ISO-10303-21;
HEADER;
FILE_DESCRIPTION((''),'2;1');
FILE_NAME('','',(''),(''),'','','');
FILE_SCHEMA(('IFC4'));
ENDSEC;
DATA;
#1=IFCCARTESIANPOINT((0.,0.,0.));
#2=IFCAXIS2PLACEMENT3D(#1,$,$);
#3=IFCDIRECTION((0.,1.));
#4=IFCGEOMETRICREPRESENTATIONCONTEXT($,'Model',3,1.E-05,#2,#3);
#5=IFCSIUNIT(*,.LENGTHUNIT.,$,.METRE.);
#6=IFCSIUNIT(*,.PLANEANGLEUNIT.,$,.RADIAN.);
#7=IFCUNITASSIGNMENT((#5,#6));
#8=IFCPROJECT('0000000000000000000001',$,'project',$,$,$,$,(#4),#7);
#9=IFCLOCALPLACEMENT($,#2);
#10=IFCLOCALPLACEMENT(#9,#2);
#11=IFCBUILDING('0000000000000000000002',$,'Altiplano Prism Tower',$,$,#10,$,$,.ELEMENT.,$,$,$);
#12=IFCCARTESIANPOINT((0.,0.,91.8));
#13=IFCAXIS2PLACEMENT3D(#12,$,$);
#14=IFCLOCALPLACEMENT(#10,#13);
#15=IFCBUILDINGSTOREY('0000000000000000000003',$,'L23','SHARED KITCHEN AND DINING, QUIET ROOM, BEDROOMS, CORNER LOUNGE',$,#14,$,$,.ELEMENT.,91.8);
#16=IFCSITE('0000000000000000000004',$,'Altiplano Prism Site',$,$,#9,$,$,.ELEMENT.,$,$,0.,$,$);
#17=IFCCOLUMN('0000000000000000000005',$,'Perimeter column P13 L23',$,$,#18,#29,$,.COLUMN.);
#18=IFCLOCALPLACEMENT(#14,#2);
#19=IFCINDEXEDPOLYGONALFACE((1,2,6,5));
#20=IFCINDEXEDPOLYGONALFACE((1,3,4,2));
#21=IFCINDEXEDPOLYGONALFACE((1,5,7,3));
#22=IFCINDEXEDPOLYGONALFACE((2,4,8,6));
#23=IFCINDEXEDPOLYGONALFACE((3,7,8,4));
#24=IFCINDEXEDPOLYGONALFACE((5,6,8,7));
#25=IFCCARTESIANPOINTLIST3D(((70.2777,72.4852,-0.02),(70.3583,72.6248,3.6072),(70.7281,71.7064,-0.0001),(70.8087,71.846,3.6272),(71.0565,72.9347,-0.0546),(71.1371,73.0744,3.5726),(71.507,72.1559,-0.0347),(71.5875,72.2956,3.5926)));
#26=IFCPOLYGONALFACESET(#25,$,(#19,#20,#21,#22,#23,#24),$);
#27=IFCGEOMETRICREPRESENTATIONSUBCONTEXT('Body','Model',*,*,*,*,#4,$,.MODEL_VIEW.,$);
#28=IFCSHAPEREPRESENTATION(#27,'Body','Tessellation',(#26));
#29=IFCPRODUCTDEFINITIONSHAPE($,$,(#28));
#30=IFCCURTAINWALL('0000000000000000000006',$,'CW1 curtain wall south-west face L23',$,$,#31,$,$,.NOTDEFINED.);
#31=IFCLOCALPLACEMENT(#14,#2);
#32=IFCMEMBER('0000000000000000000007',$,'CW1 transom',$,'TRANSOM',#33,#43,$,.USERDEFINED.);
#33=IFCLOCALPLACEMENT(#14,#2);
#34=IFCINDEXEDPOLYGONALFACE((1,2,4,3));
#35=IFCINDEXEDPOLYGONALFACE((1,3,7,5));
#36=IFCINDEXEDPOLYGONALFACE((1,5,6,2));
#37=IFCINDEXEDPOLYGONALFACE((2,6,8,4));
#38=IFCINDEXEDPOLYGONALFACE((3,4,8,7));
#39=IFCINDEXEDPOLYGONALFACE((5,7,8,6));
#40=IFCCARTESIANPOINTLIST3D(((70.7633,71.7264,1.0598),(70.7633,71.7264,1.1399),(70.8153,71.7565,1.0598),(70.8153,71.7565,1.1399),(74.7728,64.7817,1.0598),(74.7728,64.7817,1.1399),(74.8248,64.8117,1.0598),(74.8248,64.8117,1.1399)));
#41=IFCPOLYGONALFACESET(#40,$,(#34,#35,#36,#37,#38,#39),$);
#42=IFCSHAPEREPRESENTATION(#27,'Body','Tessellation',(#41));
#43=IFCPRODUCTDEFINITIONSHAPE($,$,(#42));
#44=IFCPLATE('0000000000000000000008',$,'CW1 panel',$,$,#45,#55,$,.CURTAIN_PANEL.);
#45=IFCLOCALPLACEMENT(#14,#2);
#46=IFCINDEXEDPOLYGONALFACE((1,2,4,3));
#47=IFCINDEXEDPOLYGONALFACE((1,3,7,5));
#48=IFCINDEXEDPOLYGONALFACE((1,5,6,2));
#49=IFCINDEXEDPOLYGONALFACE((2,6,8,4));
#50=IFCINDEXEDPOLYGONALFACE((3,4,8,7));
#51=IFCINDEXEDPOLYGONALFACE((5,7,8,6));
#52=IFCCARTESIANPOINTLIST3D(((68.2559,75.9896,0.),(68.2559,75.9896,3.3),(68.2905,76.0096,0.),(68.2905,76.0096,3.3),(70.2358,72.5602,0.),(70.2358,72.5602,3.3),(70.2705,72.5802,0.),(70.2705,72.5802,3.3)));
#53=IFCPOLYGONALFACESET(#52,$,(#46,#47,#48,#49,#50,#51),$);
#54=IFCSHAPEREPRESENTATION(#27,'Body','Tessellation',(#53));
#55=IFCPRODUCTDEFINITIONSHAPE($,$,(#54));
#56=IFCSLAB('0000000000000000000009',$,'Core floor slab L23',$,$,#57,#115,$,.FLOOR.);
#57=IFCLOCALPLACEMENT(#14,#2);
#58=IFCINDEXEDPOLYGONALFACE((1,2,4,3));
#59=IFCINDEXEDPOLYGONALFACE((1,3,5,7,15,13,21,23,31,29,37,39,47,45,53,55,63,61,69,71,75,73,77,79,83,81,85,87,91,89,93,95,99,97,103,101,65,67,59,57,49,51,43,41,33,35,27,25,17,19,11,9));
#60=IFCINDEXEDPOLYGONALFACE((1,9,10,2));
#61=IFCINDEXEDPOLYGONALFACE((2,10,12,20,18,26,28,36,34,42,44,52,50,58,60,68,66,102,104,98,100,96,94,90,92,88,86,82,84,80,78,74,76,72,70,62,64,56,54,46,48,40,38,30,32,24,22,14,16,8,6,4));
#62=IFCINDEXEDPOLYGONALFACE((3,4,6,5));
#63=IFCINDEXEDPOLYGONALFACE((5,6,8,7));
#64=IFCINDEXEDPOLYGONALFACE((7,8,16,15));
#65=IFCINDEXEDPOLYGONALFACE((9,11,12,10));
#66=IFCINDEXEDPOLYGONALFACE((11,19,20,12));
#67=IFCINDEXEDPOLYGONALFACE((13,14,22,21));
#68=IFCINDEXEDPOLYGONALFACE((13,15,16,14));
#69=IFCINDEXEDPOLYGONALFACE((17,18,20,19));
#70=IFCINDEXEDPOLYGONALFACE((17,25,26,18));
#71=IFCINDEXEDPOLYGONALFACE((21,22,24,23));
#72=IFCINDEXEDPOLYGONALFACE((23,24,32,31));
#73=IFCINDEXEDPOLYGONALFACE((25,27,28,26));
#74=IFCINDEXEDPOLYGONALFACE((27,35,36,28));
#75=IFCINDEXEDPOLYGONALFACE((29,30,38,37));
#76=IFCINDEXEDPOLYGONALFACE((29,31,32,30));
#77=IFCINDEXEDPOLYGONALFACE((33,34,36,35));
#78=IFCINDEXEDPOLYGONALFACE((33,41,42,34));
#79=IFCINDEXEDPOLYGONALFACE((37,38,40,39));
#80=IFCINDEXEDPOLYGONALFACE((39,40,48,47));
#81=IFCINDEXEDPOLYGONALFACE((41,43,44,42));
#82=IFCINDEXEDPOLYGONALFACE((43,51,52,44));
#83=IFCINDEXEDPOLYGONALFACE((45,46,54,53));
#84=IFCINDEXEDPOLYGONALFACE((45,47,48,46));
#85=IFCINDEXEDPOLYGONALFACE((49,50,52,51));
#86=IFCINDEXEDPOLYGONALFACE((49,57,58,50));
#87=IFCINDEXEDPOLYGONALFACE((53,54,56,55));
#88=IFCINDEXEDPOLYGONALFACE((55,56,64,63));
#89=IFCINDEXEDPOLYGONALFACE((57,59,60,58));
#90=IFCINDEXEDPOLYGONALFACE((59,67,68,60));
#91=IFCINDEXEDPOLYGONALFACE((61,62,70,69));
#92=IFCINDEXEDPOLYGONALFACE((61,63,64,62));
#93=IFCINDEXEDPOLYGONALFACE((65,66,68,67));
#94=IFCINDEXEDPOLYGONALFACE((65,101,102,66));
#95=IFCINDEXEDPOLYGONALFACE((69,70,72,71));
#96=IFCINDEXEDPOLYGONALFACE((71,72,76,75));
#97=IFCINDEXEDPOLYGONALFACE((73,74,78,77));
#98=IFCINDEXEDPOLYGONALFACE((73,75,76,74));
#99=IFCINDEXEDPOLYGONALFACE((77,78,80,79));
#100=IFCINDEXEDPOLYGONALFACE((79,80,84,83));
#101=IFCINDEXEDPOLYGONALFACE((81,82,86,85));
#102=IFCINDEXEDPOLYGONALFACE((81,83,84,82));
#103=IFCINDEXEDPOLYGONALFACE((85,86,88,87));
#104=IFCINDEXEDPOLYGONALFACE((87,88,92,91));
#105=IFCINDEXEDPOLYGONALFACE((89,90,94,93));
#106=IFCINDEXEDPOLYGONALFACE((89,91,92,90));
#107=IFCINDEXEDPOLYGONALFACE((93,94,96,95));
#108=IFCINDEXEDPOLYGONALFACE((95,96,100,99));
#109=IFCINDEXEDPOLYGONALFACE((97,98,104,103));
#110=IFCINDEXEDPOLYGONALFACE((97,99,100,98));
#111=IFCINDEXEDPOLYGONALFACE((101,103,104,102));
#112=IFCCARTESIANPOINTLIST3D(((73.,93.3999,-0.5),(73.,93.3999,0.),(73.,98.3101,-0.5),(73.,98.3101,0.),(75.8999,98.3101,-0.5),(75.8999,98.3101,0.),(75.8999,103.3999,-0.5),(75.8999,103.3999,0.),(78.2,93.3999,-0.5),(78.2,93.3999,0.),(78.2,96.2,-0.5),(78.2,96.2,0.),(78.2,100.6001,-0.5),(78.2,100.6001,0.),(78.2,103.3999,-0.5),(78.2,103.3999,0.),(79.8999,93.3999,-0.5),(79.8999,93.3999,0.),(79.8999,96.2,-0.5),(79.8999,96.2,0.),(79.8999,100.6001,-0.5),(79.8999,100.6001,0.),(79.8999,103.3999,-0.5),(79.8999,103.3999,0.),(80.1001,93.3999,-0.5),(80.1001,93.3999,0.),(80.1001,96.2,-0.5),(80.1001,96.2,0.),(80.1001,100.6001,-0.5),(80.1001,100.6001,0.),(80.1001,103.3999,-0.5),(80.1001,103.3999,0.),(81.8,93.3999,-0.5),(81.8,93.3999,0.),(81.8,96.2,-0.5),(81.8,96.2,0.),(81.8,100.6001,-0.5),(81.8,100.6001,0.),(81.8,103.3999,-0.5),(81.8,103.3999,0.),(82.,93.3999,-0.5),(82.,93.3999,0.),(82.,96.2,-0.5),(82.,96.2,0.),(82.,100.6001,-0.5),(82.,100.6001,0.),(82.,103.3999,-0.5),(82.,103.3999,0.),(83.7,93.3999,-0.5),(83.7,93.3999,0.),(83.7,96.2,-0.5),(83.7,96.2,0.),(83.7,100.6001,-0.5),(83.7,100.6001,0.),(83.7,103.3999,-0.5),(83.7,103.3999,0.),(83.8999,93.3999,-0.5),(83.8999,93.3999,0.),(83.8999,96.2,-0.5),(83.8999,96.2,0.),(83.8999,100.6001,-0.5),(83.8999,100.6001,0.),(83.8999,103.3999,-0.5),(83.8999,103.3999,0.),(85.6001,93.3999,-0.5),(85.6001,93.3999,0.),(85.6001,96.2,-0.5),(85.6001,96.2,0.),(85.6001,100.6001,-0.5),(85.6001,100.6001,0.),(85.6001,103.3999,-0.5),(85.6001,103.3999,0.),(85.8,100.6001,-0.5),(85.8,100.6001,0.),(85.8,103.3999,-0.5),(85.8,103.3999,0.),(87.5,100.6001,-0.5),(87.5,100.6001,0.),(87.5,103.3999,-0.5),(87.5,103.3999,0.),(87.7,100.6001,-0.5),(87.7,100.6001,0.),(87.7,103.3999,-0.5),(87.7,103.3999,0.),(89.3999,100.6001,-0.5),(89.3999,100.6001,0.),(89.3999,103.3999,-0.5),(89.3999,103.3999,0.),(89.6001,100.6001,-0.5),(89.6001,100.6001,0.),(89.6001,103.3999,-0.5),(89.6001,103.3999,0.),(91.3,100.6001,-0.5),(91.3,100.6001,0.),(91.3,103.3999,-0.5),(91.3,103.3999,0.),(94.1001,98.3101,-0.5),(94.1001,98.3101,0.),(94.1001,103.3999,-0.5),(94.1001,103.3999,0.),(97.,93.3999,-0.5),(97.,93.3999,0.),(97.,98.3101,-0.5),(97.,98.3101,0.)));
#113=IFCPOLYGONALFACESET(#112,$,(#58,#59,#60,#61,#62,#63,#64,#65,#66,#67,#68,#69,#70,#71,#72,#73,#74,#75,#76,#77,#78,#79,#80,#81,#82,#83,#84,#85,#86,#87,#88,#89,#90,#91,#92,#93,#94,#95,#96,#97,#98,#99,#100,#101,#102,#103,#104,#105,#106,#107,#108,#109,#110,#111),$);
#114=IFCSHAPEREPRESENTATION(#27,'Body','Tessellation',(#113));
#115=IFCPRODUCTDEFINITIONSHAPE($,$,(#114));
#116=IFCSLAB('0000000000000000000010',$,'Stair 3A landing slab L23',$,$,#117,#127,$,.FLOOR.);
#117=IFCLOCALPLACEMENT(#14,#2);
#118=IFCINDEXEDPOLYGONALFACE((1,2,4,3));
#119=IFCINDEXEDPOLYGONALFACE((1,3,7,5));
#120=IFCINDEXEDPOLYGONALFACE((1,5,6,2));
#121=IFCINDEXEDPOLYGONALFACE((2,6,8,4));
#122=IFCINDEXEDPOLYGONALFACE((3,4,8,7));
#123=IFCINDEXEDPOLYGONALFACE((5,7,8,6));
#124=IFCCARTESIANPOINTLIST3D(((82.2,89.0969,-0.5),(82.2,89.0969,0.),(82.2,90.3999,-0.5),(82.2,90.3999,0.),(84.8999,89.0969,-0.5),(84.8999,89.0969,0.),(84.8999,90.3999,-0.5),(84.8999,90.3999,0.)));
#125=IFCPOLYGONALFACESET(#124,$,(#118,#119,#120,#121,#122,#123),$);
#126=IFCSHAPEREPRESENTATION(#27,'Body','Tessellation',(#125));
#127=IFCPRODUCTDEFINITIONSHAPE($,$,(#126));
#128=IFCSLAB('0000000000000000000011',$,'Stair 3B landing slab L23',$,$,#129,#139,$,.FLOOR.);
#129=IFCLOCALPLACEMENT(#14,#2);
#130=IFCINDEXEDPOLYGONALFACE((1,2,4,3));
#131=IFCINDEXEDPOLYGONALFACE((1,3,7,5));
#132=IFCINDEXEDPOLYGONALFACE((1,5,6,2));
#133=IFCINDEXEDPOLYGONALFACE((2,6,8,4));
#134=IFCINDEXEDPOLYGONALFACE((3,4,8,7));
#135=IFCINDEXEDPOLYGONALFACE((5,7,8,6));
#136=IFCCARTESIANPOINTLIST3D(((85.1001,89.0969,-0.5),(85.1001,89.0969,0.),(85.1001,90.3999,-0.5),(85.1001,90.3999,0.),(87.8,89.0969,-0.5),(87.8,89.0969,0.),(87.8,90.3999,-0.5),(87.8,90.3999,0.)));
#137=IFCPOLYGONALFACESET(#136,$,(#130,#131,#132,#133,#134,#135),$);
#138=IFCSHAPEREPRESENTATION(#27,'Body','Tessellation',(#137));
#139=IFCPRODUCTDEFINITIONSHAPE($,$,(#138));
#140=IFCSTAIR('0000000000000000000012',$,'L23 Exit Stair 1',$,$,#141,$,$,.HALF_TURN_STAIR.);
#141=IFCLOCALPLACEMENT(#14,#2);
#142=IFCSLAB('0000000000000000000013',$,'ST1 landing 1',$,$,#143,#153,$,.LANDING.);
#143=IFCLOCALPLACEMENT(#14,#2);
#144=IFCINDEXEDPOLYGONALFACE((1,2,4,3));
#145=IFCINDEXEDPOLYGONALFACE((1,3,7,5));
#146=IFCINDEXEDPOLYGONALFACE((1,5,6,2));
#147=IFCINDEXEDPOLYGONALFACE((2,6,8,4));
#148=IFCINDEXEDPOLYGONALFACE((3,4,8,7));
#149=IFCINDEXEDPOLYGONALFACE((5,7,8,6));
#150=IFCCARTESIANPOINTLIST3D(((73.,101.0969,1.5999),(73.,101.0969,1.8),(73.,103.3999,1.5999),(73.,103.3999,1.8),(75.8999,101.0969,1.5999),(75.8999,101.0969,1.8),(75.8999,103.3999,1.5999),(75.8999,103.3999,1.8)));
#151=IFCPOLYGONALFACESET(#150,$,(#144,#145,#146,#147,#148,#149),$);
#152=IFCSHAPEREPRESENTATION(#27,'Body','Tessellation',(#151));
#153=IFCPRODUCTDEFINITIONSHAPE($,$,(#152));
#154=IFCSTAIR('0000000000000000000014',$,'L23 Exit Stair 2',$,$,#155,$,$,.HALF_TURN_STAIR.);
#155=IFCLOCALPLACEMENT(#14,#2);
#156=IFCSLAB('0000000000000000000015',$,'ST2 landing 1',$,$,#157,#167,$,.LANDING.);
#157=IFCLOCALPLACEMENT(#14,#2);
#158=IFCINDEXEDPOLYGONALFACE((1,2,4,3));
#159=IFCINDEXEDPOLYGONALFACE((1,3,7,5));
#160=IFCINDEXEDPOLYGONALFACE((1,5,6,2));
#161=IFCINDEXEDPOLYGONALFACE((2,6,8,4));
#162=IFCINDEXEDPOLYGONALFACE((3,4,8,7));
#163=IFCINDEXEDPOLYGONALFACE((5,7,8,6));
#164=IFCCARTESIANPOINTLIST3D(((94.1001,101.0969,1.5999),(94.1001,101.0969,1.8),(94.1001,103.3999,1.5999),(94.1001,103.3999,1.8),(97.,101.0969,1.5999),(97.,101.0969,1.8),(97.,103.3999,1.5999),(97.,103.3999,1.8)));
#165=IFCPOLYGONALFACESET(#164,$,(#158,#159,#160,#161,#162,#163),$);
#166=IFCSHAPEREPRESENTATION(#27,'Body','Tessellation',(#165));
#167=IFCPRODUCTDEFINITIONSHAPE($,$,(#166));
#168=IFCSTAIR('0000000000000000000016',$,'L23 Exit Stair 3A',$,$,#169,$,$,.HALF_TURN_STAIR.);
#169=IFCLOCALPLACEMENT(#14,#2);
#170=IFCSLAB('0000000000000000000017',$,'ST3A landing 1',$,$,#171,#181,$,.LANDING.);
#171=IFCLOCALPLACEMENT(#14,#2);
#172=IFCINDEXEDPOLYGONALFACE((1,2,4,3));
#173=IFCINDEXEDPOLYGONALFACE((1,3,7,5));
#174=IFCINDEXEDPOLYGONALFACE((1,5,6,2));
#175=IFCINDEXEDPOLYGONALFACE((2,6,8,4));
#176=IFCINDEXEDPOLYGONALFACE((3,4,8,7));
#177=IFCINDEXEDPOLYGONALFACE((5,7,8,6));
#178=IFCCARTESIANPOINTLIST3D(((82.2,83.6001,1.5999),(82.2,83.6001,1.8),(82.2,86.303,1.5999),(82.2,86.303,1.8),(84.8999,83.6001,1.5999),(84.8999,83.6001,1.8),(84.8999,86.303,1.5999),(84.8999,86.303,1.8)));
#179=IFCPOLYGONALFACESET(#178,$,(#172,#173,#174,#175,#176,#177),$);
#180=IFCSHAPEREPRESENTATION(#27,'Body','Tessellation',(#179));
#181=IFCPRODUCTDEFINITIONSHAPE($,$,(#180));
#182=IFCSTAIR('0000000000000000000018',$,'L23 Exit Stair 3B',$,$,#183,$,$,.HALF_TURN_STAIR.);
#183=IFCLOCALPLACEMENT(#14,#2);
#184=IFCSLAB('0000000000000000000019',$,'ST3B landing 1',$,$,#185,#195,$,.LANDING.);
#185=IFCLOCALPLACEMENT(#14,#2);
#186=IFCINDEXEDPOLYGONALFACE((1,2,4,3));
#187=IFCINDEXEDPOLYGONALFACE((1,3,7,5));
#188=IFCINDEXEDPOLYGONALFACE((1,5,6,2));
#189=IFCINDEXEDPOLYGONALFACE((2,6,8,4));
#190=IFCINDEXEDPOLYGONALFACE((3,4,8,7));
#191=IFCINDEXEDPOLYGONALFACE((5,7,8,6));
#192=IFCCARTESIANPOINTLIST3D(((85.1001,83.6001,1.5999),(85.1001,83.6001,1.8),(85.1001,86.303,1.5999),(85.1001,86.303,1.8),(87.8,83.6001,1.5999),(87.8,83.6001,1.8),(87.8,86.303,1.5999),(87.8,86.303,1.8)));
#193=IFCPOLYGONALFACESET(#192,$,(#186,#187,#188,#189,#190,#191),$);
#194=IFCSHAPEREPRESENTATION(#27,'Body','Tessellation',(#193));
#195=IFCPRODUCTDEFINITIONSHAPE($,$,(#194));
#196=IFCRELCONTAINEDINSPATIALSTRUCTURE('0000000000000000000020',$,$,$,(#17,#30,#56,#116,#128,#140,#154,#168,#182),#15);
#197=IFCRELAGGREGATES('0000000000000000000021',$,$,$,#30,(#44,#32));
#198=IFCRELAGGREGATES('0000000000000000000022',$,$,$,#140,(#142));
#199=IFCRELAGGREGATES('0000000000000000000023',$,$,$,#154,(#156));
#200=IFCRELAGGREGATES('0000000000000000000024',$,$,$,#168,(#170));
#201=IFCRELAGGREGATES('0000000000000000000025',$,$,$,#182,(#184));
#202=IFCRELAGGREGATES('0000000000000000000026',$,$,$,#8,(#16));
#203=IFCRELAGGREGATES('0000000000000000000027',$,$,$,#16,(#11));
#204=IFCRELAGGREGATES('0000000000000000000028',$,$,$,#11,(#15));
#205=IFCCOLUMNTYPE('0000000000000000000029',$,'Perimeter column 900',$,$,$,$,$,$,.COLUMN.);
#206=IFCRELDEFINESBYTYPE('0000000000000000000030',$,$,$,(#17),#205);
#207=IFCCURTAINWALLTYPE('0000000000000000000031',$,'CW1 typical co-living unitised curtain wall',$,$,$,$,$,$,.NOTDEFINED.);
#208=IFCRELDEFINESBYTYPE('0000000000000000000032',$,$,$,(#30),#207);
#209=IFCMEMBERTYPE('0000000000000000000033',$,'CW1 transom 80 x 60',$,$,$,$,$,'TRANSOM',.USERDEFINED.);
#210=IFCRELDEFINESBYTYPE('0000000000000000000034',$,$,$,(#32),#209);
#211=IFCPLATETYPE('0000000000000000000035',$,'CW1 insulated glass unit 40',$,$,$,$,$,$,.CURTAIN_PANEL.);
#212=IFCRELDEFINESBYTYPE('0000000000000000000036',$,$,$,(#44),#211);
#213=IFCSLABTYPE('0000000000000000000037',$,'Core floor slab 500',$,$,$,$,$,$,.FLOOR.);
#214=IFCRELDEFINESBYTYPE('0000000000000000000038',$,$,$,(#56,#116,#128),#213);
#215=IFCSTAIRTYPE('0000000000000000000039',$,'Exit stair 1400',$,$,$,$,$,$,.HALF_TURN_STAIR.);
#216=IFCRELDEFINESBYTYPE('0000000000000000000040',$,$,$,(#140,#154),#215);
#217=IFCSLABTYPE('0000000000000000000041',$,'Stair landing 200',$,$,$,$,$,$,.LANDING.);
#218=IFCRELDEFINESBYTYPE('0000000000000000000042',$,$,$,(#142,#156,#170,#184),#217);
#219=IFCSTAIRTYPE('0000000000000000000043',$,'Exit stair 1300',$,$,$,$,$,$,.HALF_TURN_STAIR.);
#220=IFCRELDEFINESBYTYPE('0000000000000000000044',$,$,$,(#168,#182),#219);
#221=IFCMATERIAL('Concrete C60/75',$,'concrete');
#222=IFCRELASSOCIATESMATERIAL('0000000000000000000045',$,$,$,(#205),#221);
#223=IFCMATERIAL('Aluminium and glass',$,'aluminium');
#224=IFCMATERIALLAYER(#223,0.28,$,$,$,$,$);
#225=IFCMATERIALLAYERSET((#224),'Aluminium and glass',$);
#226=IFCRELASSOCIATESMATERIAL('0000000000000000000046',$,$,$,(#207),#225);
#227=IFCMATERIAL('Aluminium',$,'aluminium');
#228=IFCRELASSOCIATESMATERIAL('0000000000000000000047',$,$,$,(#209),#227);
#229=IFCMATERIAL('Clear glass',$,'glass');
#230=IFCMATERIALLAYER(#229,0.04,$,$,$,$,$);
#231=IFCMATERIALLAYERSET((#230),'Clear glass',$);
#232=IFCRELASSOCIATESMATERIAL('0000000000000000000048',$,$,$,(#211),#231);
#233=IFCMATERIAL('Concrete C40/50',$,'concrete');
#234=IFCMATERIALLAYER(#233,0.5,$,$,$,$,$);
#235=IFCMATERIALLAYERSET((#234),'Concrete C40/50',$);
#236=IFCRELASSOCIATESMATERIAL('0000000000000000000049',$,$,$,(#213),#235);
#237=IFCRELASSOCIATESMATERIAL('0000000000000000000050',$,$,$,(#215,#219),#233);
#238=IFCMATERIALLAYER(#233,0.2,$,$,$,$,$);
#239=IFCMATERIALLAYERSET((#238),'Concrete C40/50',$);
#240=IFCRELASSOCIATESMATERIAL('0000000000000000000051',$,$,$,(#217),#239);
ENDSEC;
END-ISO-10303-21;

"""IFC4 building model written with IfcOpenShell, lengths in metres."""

from ifc_helpers import new_model, si_unit, direction, frame, origin, origin_2d, place, context, subcontext, project, spatial, polyline, rectangle, outline, extrude, material, layer, layer_set, material_profile, profile_set, type_object, element, aggregate, save


model = new_model("IFC4")

# Units and contexts
model_context = context("Model", 3, precision=1e-05, world=origin(), true_north=direction((0.0, 1.0)))
body_context = subcontext(model_context, "Body", "Model", "MODEL_VIEW")
ifc_project = project(units=[si_unit("LENGTHUNIT", "METRE"), si_unit("PLANEANGLEUNIT", "RADIAN")], contexts=[model_context])

# Site, building, storey
site_placement = place(None, origin())
site = spatial("IfcSite", under=ifc_project, at=site_placement, Name="Altiplano Prism Site", CompositionType="ELEMENT", RefElevation=0.0)
building_placement = place(site_placement, origin())
building = spatial("IfcBuilding", under=site, at=building_placement, Name="Altiplano Prism Tower", CompositionType="ELEMENT")
storey_placement = place(building_placement, frame((0.0, 0.0, 91.8)))
storey = spatial("IfcBuildingStorey", under=building, at=storey_placement, Name="L23", Description="SHARED KITCHEN AND DINING, QUIET ROOM, BEDROOMS, CORNER LOUNGE", CompositionType="ELEMENT", Elevation=91.8)

# Column
ifc_material_1 = material(Name="Concrete C60/75", Category="concrete")
ifc_material_profile_1 = material_profile(ifc_material_1, rectangle(XDim=0.8999, YDim=0.8999, at=origin_2d()), Name="Perimeter column 900")
ifc_profile_set_1 = profile_set([ifc_material_profile_1], Name="Concrete C60/75")
column_type = type_object("IfcColumnType", Name="Perimeter column 900", PredefinedType="COLUMN", material=ifc_profile_set_1)
column_placement = place(storey_placement, frame((70.8923, 72.3206, -0.0273), z_axis=(0.02219, 0.038462, 0.999014), x_axis=(-0.865439, -0.499537, 0.038455)))
element("IfcColumn", 1, at=column_placement, inside=storey, type_object=column_type, Name="Perimeter column P13 L23", PredefinedType="COLUMN", context=body_context, shape_type="SweptSolid", body=[
    extrude(rectangle(XDim=0.8999, YDim=0.8999, at=origin_2d()), origin(), (0.0, 0.0, 1.0), 3.6309),
])

# Curtain wall, member, plate
ifc_material_2 = material(Name="Aluminium and glass", Category="aluminium")
ifc_layer_1 = layer(ifc_material_2, 0.28)
ifc_layer_set_1 = layer_set([ifc_layer_1], Name="Aluminium and glass")
curtain_wall_type = type_object("IfcCurtainWallType", Name="CW1 typical co-living unitised curtain wall", PredefinedType="NOTDEFINED", material=ifc_layer_set_1)
curtain_wall_placement = place(storey_placement, origin())
curtain_wall = element("IfcCurtainWall", 2, at=curtain_wall_placement, inside=storey, type_object=curtain_wall_type, Name="CW1 curtain wall south-west face L23", PredefinedType="NOTDEFINED")
ifc_material_3 = material(Name="Aluminium", Category="aluminium")
ifc_material_profile_2 = material_profile(ifc_material_3, rectangle(XDim=0.0601, YDim=0.0801, at=origin_2d()), Name="CW1 transom 80 x 60")
ifc_profile_set_2 = profile_set([ifc_material_profile_2], Name="Aluminium")
member_type = type_object("IfcMemberType", Name="CW1 transom 80 x 60", ElementType="TRANSOM", PredefinedType="USERDEFINED", material=ifc_profile_set_2)
member_placement = place(storey_placement, frame((70.7893, 71.7415, 1.0999), z_axis=(0.499993, -0.866029, 0.0), x_axis=(0.866029, 0.499993, 0.0)))
member = element("IfcMember", 3, at=member_placement, type_object=member_type, Name="CW1 transom", ObjectType="TRANSOM", PredefinedType="USERDEFINED", context=body_context, shape_type="SweptSolid", body=[
    extrude(rectangle(XDim=0.0601, YDim=0.0801, at=origin_2d()), origin(), (0.0, 0.0, 1.0), 8.019),
])
ifc_material_4 = material(Name="Clear glass", Category="glass")
ifc_layer_2 = layer(ifc_material_4, 0.04)
ifc_layer_set_2 = layer_set([ifc_layer_2], Name="Clear glass")
plate_type = type_object("IfcPlateType", Name="CW1 insulated glass unit 40", PredefinedType="CURTAIN_PANEL", material=ifc_layer_set_2)
plate_placement = place(storey_placement, frame((69.2632, 74.2849, 0.0), z_axis=(0.0, 0.0, 1.0), x_axis=(0.5, -0.866025, 0.0)))
plate = element("IfcPlate", 4, at=plate_placement, type_object=plate_type, Name="CW1 panel", PredefinedType="CURTAIN_PANEL", context=body_context, shape_type="SweptSolid", body=[
    extrude(rectangle(XDim=3.96, YDim=0.04, at=origin_2d()), origin(), (0.0, 0.0, 1.0), 3.3),
])
aggregate(curtain_wall, [plate, member])

# Slabs
ifc_material_5 = material(Name="Concrete C40/50", Category="concrete")
ifc_layer_3 = layer(ifc_material_5, 0.5)
ifc_layer_set_3 = layer_set([ifc_layer_3], Name="Concrete C40/50")
slab_type_1 = type_object("IfcSlabType", Name="Core floor slab 500", PredefinedType="FLOOR", material=ifc_layer_set_3)
slab_1_placement = place(storey_placement, frame((0.0, 0.0, -0.5)))
element("IfcSlab", 5, at=slab_1_placement, inside=storey, type_object=slab_type_1, Name="Core floor slab L23", PredefinedType="FLOOR", context=body_context, shape_type="SweptSolid", body=[
    extrude(outline(polyline([(97.0, 98.3101), (94.1001, 98.3101), (94.1001, 103.3999), (91.3, 103.3999), (91.3, 100.6001), (89.6001, 100.6001), (89.6001, 103.3999), (89.3999, 103.3999), (89.3999, 100.6001), (87.7, 100.6001), (87.7, 103.3999), (87.5, 103.3999), (87.5, 100.6001), (85.8, 100.6001), (85.8, 103.3999), (85.6001, 103.3999), (85.6001, 100.6001), (83.8999, 100.6001), (83.8999, 103.3999), (83.7, 103.3999), (83.7, 100.6001), (82.0, 100.6001), (82.0, 103.3999), (81.8, 103.3999), (81.8, 100.6001), (80.1001, 100.6001), (80.1001, 103.3999), (79.8999, 103.3999), (79.8999, 100.6001), (78.2, 100.6001), (78.2, 103.3999), (75.8999, 103.3999), (75.8999, 98.3101), (73.0, 98.3101), (73.0, 93.3999), (78.2, 93.3999), (78.2, 96.2), (79.8999, 96.2), (79.8999, 93.3999), (80.1001, 93.3999), (80.1001, 96.2), (81.8, 96.2), (81.8, 93.3999), (82.0, 93.3999), (82.0, 96.2), (83.7, 96.2), (83.7, 93.3999), (83.8999, 93.3999), (83.8999, 96.2), (85.6001, 96.2), (85.6001, 93.3999), (97.0, 93.3999), (97.0, 98.3101)])), origin(), (0.0, 0.0, 1.0), 0.5),
])
slab_2_placement = place(storey_placement, frame((0.0, 0.0, -0.5)))
element("IfcSlab", 6, at=slab_2_placement, inside=storey, type_object=slab_type_1, Name="Stair 3A landing slab L23", PredefinedType="FLOOR", context=body_context, shape_type="SweptSolid", body=[
    extrude(outline(polyline([(82.2, 89.0969), (84.8999, 89.0969), (84.8999, 90.3999), (82.2, 90.3999), (82.2, 89.0969)])), origin(), (0.0, 0.0, 1.0), 0.5),
])
slab_3_placement = place(storey_placement, frame((0.0, 0.0, -0.5)))
element("IfcSlab", 7, at=slab_3_placement, inside=storey, type_object=slab_type_1, Name="Stair 3B landing slab L23", PredefinedType="FLOOR", context=body_context, shape_type="SweptSolid", body=[
    extrude(outline(polyline([(85.1001, 89.0969), (87.8, 89.0969), (87.8, 90.3999), (85.1001, 90.3999), (85.1001, 89.0969)])), origin(), (0.0, 0.0, 1.0), 0.5),
])

# Stairs, slabs
stair_type_1 = type_object("IfcStairType", Name="Exit stair 1400", PredefinedType="HALF_TURN_STAIR", material=ifc_material_5)
stair_1_placement = place(storey_placement, origin())
stair_1 = element("IfcStair", 8, at=stair_1_placement, inside=storey, type_object=stair_type_1, Name="L23 Exit Stair 1", PredefinedType="HALF_TURN_STAIR")
ifc_layer_4 = layer(ifc_material_5, 0.2)
ifc_layer_set_4 = layer_set([ifc_layer_4], Name="Concrete C40/50")
slab_type_2 = type_object("IfcSlabType", Name="Stair landing 200", PredefinedType="LANDING", material=ifc_layer_set_4)
slab_4_placement = place(storey_placement, frame((0.0, 0.0, 1.5999)))
slab_4 = element("IfcSlab", 9, at=slab_4_placement, type_object=slab_type_2, Name="ST1 landing 1", PredefinedType="LANDING", context=body_context, shape_type="SweptSolid", body=[
    extrude(outline(polyline([(75.8999, 101.0969), (75.8999, 103.3999), (73.0, 103.3999), (73.0, 101.0969), (75.8999, 101.0969)])), origin(), (0.0, 0.0, 1.0), 0.2002),
])
aggregate(stair_1, [slab_4])
stair_2_placement = place(storey_placement, origin())
stair_2 = element("IfcStair", 10, at=stair_2_placement, inside=storey, type_object=stair_type_1, Name="L23 Exit Stair 2", PredefinedType="HALF_TURN_STAIR")
slab_5_placement = place(storey_placement, frame((0.0, 0.0, 1.5999)))
slab_5 = element("IfcSlab", 11, at=slab_5_placement, type_object=slab_type_2, Name="ST2 landing 1", PredefinedType="LANDING", context=body_context, shape_type="SweptSolid", body=[
    extrude(outline(polyline([(97.0, 101.0969), (97.0, 103.3999), (94.1001, 103.3999), (94.1001, 101.0969), (97.0, 101.0969)])), origin(), (0.0, 0.0, 1.0), 0.2002),
])
aggregate(stair_2, [slab_5])
stair_type_2 = type_object("IfcStairType", Name="Exit stair 1300", PredefinedType="HALF_TURN_STAIR", material=ifc_material_5)
stair_3_placement = place(storey_placement, origin())
stair_3 = element("IfcStair", 12, at=stair_3_placement, inside=storey, type_object=stair_type_2, Name="L23 Exit Stair 3A", PredefinedType="HALF_TURN_STAIR")
slab_6_placement = place(storey_placement, frame((0.0, 0.0, 1.5999)))
slab_6 = element("IfcSlab", 13, at=slab_6_placement, type_object=slab_type_2, Name="ST3A landing 1", PredefinedType="LANDING", context=body_context, shape_type="SweptSolid", body=[
    extrude(outline(polyline([(82.2, 86.303), (82.2, 83.6001), (84.8999, 83.6001), (84.8999, 86.303), (82.2, 86.303)])), origin(), (0.0, 0.0, 1.0), 0.2002),
])
aggregate(stair_3, [slab_6])
stair_4_placement = place(storey_placement, origin())
stair_4 = element("IfcStair", 14, at=stair_4_placement, inside=storey, type_object=stair_type_2, Name="L23 Exit Stair 3B", PredefinedType="HALF_TURN_STAIR")
slab_7_placement = place(storey_placement, frame((0.0, 0.0, 1.5999)))
slab_7 = element("IfcSlab", 15, at=slab_7_placement, type_object=slab_type_2, Name="ST3B landing 1", PredefinedType="LANDING", context=body_context, shape_type="SweptSolid", body=[
    extrude(outline(polyline([(85.1001, 86.303), (85.1001, 83.6001), (87.8, 83.6001), (87.8, 86.303), (85.1001, 86.303)])), origin(), (0.0, 0.0, 1.0), 0.2002),
])
aggregate(stair_4, [slab_7])

save(model, "model.ifc")
